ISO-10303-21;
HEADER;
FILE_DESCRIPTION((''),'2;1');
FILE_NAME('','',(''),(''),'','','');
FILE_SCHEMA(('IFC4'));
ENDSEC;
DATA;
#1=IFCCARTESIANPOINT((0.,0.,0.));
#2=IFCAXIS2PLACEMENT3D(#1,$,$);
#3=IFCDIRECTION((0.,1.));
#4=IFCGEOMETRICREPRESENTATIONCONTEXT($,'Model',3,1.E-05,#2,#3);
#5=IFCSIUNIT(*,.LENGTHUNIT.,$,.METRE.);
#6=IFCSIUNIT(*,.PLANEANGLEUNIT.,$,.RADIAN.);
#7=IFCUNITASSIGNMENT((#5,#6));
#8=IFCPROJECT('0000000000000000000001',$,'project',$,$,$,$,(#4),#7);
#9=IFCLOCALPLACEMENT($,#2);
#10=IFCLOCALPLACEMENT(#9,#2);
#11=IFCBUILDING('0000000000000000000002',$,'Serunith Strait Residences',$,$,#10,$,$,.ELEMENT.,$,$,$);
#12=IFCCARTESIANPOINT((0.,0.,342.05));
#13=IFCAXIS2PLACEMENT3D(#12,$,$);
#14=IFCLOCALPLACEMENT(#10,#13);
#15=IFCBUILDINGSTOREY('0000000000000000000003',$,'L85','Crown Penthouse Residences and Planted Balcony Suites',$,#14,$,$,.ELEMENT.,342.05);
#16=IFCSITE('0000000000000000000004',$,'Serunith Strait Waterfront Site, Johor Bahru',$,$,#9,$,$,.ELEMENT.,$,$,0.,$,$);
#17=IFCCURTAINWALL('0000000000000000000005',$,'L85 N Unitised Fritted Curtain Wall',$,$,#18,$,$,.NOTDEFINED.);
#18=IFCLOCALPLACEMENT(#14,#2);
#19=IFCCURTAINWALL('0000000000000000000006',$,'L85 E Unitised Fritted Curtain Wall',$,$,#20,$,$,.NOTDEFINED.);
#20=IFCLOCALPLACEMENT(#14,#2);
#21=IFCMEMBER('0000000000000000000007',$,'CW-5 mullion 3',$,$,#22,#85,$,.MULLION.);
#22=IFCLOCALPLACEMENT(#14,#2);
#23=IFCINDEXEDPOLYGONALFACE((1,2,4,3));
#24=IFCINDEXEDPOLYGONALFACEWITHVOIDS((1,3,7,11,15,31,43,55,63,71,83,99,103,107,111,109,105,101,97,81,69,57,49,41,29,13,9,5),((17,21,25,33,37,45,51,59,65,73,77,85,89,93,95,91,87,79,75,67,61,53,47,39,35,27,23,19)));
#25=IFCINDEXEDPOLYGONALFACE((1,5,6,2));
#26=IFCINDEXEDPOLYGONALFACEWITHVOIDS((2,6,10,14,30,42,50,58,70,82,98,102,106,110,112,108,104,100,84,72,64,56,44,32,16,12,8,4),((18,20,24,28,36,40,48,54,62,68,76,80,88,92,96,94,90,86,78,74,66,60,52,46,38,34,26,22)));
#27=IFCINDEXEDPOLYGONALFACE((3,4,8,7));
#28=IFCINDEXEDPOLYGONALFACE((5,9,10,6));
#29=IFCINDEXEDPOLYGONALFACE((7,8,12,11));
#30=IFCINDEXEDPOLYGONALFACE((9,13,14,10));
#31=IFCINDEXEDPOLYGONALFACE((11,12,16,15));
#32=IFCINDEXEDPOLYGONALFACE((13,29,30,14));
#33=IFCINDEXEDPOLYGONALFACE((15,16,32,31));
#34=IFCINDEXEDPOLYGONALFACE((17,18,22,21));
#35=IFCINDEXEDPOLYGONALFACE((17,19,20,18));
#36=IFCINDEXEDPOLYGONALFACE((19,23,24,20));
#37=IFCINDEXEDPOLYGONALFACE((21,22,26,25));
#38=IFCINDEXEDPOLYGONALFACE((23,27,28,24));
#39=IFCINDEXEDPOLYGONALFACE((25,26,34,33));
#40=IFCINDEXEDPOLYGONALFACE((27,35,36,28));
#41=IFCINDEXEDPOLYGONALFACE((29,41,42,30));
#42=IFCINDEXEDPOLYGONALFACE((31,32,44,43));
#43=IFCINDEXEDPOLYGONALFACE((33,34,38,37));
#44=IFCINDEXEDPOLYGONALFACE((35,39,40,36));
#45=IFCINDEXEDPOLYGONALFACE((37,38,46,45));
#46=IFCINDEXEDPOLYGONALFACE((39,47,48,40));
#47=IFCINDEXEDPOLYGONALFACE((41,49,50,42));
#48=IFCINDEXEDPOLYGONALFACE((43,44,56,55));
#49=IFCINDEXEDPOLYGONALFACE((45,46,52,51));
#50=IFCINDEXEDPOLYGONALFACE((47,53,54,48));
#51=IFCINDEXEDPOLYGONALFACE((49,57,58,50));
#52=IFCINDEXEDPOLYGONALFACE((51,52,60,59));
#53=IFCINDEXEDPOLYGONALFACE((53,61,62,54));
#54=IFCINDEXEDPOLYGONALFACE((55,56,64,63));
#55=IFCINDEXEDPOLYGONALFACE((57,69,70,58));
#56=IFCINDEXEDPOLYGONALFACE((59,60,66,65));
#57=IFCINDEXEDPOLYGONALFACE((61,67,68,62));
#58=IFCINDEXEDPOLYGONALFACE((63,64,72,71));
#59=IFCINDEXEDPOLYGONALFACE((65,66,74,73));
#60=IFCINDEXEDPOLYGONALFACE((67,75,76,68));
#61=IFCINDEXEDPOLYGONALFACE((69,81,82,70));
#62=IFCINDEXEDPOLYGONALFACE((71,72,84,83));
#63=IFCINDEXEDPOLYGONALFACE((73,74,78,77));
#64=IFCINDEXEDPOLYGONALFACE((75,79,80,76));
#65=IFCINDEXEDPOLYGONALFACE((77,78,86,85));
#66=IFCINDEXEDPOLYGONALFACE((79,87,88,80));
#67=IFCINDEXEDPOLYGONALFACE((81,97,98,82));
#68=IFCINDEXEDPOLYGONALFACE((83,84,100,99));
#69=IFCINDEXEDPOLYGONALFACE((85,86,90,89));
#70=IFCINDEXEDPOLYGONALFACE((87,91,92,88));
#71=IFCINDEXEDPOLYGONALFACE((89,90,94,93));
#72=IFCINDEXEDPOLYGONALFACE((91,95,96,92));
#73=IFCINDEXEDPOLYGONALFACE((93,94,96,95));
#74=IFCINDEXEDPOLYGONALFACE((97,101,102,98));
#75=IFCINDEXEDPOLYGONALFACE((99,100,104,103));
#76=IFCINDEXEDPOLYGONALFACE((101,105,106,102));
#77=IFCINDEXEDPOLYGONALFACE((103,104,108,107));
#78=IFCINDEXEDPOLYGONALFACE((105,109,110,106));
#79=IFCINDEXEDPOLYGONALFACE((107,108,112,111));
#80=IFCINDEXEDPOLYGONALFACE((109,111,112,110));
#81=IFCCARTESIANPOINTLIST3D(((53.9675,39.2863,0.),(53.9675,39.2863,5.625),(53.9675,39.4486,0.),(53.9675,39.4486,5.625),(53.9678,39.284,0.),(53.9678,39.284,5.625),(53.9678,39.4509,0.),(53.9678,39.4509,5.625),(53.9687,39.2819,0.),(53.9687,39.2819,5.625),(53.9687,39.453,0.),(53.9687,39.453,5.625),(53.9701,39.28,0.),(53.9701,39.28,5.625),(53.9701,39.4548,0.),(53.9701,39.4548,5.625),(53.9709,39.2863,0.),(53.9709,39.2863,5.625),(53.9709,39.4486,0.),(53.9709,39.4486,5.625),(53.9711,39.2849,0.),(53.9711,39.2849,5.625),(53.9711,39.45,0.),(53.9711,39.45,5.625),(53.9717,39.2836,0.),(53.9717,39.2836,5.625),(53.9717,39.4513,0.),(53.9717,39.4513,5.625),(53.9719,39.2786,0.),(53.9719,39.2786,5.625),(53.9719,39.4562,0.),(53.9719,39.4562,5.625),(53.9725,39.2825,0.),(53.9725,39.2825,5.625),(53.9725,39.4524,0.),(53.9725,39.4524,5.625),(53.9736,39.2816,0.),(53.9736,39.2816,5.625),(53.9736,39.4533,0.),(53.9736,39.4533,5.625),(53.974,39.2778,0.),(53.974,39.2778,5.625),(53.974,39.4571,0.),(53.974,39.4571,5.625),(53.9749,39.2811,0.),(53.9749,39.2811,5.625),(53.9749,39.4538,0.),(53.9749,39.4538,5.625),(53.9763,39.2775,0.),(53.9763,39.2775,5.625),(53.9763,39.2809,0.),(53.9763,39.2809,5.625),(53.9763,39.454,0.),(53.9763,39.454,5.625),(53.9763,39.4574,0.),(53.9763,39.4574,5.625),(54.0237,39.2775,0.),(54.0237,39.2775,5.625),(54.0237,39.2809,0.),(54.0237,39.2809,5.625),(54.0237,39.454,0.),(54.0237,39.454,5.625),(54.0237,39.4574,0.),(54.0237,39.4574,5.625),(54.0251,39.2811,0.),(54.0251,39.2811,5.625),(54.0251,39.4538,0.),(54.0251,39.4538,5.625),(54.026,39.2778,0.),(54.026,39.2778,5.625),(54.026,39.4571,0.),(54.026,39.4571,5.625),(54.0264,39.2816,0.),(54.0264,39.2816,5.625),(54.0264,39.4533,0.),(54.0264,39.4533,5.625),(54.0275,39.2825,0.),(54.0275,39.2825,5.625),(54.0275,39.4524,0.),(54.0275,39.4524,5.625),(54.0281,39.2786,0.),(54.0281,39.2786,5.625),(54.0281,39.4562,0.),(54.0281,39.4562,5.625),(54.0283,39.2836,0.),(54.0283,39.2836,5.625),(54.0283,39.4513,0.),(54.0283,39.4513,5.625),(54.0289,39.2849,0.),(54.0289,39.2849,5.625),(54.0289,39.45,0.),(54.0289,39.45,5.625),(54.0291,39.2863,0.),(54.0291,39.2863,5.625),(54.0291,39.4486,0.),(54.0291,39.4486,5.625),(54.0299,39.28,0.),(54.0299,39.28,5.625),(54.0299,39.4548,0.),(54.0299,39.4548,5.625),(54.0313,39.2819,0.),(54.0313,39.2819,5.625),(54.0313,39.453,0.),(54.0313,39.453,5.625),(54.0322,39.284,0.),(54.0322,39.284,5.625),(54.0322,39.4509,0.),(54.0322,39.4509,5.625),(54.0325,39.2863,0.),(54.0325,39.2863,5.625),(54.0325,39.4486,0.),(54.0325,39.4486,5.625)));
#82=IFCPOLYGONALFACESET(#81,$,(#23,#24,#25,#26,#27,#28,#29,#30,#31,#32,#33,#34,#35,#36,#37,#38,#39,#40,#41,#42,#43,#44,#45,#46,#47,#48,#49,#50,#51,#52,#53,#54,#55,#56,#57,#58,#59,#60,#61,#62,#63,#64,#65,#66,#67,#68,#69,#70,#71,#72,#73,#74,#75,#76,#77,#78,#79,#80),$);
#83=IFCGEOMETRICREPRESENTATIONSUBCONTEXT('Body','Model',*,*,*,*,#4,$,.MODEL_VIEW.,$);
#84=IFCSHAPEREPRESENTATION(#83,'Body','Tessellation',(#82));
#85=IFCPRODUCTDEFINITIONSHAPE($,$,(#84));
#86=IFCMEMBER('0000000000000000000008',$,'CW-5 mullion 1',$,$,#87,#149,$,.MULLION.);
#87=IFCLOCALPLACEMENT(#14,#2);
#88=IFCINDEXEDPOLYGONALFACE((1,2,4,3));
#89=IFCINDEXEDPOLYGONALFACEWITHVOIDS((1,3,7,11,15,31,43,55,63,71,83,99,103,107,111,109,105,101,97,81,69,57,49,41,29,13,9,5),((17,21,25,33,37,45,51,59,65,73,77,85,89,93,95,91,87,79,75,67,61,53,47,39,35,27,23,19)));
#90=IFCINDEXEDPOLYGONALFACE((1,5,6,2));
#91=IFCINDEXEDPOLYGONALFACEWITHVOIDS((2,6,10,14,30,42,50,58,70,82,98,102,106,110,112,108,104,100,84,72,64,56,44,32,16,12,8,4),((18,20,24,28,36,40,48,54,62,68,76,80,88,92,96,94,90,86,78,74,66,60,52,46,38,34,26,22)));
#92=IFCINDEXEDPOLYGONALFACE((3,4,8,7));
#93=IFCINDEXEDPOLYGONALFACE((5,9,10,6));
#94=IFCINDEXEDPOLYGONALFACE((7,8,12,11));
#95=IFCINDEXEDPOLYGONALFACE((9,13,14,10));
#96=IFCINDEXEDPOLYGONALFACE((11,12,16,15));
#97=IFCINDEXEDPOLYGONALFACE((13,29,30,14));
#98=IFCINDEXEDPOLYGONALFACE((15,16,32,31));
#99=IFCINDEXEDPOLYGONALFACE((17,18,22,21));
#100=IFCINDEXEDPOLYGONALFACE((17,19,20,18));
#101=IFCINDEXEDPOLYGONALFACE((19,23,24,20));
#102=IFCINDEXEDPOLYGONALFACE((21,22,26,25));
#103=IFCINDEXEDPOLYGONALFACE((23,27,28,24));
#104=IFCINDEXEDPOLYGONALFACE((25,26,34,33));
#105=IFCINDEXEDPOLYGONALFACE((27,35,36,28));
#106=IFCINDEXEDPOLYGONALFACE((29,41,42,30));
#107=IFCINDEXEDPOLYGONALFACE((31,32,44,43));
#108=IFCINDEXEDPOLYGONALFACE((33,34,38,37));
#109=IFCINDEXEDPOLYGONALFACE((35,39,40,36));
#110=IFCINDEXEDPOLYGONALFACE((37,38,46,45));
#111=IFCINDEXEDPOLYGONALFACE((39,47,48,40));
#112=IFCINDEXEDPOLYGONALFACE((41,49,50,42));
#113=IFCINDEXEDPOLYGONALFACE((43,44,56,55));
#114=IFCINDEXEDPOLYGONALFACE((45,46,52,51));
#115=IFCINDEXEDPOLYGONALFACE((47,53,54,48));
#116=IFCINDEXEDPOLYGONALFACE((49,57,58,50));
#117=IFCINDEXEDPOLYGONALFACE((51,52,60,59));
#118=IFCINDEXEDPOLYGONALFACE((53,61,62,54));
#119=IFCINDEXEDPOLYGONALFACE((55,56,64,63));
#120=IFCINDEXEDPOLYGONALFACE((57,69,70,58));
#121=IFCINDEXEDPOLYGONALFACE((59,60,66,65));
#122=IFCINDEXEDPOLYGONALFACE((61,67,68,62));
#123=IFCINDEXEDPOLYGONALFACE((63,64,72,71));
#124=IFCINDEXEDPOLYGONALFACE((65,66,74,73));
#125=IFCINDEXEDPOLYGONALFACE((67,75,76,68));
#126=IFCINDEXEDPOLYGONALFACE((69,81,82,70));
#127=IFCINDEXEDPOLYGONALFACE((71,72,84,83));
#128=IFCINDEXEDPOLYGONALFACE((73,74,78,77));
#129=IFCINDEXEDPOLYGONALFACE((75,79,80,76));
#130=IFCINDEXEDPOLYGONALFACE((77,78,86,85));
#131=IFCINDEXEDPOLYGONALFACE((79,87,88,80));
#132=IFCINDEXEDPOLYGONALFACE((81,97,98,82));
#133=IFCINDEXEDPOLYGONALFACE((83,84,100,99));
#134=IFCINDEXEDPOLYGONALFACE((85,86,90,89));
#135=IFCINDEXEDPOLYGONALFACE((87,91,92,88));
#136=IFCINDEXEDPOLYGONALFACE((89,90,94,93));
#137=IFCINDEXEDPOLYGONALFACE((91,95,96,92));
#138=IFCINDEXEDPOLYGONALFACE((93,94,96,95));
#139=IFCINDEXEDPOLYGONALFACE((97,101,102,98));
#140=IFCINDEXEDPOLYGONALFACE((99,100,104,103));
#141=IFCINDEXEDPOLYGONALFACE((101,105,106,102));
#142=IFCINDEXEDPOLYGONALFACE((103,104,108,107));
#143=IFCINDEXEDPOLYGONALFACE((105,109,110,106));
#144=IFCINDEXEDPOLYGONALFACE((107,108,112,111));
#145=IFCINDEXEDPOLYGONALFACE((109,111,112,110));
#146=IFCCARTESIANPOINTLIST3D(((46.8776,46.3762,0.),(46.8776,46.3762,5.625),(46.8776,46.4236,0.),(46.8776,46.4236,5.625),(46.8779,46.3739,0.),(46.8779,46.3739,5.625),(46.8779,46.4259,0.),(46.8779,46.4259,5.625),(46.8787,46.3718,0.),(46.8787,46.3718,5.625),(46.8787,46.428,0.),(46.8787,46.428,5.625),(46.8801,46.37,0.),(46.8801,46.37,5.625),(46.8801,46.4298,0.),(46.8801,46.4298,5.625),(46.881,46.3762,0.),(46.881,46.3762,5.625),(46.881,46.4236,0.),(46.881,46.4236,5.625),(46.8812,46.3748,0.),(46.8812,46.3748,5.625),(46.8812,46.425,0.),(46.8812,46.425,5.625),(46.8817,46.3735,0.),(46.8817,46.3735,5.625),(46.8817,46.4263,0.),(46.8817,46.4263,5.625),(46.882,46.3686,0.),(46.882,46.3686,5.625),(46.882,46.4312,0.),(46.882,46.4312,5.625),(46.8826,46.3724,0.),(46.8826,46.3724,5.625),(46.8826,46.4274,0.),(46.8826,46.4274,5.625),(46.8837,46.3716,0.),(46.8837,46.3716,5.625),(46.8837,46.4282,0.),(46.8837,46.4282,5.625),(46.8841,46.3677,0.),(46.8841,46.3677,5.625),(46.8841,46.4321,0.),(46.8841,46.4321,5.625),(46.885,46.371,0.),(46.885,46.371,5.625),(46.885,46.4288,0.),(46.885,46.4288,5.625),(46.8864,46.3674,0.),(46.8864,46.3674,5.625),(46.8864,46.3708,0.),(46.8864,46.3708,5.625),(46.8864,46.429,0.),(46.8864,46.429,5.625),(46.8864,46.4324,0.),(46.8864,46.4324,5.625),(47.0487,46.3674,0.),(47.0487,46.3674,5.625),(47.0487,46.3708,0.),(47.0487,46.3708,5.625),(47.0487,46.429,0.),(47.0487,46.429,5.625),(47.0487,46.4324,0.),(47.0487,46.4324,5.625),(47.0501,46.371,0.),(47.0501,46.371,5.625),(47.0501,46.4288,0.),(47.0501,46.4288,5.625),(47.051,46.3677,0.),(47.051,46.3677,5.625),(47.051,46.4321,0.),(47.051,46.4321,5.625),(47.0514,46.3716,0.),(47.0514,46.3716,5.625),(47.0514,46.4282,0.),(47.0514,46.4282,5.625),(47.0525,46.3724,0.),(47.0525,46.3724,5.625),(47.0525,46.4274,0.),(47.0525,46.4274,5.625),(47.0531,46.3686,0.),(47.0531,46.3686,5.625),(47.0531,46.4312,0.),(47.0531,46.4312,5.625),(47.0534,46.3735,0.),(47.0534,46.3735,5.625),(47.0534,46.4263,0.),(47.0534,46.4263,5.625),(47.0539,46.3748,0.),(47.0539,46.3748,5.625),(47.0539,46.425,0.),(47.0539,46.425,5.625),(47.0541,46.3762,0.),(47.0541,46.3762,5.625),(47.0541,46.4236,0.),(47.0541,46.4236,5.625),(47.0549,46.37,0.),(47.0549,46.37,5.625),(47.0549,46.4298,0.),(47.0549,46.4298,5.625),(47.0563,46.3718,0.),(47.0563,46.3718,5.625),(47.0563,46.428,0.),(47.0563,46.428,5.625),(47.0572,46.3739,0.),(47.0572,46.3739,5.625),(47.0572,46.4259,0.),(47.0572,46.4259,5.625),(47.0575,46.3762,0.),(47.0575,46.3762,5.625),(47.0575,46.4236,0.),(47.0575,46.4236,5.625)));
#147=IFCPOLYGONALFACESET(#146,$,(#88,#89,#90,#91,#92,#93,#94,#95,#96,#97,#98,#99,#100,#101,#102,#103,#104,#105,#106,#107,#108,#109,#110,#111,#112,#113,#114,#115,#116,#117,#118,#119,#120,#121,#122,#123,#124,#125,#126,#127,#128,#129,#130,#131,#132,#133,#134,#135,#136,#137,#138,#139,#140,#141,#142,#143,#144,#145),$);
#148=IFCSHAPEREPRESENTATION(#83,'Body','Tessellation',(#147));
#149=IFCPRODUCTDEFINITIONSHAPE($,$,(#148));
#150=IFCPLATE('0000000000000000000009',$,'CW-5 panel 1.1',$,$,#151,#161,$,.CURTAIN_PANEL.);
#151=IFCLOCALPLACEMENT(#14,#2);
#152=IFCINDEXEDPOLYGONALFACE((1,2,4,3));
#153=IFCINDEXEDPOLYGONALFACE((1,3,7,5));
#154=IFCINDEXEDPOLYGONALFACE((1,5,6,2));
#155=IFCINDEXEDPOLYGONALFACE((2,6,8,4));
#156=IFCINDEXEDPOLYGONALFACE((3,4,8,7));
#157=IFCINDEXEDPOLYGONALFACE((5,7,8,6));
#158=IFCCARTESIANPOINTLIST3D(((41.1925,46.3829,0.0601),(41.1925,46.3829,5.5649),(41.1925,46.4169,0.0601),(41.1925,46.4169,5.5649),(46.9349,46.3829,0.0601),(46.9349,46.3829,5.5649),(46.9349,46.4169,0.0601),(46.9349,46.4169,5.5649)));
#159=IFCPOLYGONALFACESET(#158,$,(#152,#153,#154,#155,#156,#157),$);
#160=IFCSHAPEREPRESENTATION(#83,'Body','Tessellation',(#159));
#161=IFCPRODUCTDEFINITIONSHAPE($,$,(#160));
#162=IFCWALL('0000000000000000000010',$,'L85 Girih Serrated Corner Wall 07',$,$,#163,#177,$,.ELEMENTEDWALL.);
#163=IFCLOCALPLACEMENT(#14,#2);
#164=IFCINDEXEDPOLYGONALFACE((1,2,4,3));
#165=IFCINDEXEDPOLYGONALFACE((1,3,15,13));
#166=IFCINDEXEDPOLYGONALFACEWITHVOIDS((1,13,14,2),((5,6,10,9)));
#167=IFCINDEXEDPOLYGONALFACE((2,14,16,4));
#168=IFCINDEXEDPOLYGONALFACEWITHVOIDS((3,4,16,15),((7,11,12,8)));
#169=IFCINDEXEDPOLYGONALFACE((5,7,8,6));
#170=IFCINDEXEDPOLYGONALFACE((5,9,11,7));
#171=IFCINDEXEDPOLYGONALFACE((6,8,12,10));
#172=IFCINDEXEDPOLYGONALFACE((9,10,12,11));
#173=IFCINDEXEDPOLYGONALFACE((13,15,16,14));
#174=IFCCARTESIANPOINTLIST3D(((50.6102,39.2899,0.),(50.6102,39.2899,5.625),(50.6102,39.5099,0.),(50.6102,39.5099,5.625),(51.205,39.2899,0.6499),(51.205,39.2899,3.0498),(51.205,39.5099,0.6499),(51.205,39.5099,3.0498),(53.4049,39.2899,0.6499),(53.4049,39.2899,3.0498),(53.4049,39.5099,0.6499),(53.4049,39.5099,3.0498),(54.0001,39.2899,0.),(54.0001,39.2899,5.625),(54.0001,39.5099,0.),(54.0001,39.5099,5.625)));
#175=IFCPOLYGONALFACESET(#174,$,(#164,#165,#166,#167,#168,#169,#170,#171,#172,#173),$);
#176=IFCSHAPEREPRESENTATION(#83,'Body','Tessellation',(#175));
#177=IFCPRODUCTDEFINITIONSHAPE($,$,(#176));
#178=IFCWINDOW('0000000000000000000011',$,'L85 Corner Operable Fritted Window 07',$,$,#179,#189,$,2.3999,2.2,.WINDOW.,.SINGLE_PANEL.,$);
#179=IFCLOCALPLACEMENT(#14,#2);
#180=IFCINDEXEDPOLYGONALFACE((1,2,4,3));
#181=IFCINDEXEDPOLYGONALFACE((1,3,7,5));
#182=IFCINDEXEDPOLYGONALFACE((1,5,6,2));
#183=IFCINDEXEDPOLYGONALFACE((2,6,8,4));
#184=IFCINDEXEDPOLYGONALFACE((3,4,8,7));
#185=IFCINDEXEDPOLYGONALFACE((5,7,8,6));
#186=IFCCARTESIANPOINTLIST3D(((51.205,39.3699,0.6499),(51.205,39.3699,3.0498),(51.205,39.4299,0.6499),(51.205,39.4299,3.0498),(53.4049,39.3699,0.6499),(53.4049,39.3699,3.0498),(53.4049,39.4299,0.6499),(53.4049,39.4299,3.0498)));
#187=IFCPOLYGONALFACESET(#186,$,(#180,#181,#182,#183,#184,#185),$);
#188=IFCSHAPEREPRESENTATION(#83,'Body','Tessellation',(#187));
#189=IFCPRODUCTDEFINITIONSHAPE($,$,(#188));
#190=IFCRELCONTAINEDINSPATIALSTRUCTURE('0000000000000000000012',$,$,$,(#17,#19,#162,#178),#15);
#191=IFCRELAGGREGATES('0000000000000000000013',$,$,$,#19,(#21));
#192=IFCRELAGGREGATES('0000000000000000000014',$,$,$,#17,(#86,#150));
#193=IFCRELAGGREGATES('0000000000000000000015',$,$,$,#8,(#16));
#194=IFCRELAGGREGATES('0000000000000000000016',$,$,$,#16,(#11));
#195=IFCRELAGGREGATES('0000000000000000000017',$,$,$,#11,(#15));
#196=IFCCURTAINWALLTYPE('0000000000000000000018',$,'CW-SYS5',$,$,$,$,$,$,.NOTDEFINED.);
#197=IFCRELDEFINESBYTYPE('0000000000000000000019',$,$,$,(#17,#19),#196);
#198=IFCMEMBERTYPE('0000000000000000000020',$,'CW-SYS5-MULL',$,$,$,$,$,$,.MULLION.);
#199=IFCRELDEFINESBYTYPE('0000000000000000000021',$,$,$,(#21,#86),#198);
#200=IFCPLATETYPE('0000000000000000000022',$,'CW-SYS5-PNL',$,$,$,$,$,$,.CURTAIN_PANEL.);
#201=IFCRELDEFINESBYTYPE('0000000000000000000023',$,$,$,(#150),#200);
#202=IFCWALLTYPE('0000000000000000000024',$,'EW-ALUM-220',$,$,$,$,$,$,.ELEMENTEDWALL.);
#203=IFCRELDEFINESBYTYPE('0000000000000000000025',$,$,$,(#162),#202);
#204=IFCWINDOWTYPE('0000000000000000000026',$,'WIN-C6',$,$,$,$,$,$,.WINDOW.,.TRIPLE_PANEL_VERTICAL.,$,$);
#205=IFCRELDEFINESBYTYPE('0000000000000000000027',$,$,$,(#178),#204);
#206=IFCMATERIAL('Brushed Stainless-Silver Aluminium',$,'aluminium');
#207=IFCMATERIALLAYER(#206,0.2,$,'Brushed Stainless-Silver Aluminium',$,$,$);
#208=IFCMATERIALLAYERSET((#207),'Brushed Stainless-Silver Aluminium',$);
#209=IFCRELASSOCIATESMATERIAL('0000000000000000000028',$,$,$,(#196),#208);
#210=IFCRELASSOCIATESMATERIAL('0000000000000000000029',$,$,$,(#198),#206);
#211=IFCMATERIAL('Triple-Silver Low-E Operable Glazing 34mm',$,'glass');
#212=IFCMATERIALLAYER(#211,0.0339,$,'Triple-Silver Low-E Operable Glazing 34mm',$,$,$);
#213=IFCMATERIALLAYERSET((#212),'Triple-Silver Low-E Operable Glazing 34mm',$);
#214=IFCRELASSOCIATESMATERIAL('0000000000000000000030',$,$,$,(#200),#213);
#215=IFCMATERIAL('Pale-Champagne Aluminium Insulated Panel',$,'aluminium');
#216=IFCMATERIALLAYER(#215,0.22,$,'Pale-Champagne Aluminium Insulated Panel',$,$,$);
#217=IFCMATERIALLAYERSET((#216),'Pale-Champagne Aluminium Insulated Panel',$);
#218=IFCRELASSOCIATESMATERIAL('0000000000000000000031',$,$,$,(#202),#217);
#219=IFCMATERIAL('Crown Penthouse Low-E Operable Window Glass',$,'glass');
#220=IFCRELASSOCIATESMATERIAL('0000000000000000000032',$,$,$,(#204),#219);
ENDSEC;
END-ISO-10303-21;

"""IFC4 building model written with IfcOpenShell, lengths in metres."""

from ifc_helpers import new_model, si_unit, direction, frame, frame_2d, origin, origin_2d, place, context, subcontext, project, spatial, rectangle, hollow_rectangle, extrude, source, transform, mapped, material, layer, layer_set, material_profile, profile_set, type_object, element, fill, aggregate, save


model = new_model("IFC4")

# Units and contexts
model_context = context("Model", 3, precision=1e-05, world=origin(), true_north=direction((0.0, 1.0)))
body_context = subcontext(model_context, "Body", "Model", "MODEL_VIEW")
ifc_project = project(units=[si_unit("LENGTHUNIT", "METRE"), si_unit("PLANEANGLEUNIT", "RADIAN")], contexts=[model_context])

# Site, building, storey
site_placement = place(None, origin())
site = spatial("IfcSite", under=ifc_project, at=site_placement, Name="Serunith Strait Waterfront Site, Johor Bahru", CompositionType="ELEMENT", RefElevation=0.0)
building_placement = place(site_placement, origin())
building = spatial("IfcBuilding", under=site, at=building_placement, Name="Serunith Strait Residences", CompositionType="ELEMENT")
storey_placement = place(building_placement, frame((0.0, 0.0, 342.05)))
storey = spatial("IfcBuildingStorey", under=building, at=storey_placement, Name="L85", Description="Crown Penthouse Residences and Planted Balcony Suites", CompositionType="ELEMENT", Elevation=342.05)

# Curtain wall
ifc_material_1 = material(Name="Brushed Stainless-Silver Aluminium", Category="aluminium")
ifc_layer_1 = layer(ifc_material_1, 0.2, Name="Brushed Stainless-Silver Aluminium")
ifc_layer_set_1 = layer_set([ifc_layer_1], Name="Brushed Stainless-Silver Aluminium")
curtain_wall_type = type_object("IfcCurtainWallType", Name="CW-SYS5", PredefinedType="NOTDEFINED", material=ifc_layer_set_1)
curtain_wall_1_placement = place(storey_placement, origin())
curtain_wall_1 = element("IfcCurtainWall", 1, at=curtain_wall_1_placement, inside=storey, type_object=curtain_wall_type, Name="L85 N Unitised Fritted Curtain Wall", PredefinedType="NOTDEFINED")

# Curtain wall, member
curtain_wall_2_placement = place(storey_placement, origin())
curtain_wall_2 = element("IfcCurtainWall", 2, at=curtain_wall_2_placement, inside=storey, type_object=curtain_wall_type, Name="L85 E Unitised Fritted Curtain Wall", PredefinedType="NOTDEFINED")
ifc_material_profile_1 = material_profile(ifc_material_1, hollow_rectangle(XDim=0.0649, YDim=0.1799, WallThickness=0.0034, InnerFilletRadius=0.0054, OuterFilletRadius=0.0088, at=origin_2d()), Name="ALU 180x65x3.5")
ifc_profile_set_1 = profile_set([ifc_material_profile_1], Name="Brushed Stainless-Silver Aluminium")
member_type_1 = type_object("IfcMemberType", Name="CW-SYS5-MULL", PredefinedType="MULLION", material=ifc_profile_set_1)
shared_shape_1 = source(origin(), body_context, "Body", "SweptSolid", [
    extrude(hollow_rectangle(XDim=0.0649, YDim=0.1799, WallThickness=0.0034, InnerFilletRadius=0.0054, OuterFilletRadius=0.0088, at=origin_2d()), origin(), (0.0, 0.0, 1.0), 5.625),
])
member_1_placement = place(storey_placement, frame((54.0, 39.3674, 0.0), z_axis=(0.0, 0.0, 1.0), x_axis=(-1.0, 0.0, 0.0)))
member_1 = element("IfcMember", 3, at=member_1_placement, type_object=member_type_1, Name="CW-5 mullion 3", PredefinedType="MULLION", context=body_context, shape_type="MappedRepresentation", body=[
    mapped(shared_shape_1, transform((0.0, 0.0, 0.0), scale=1.0)),
])
aggregate(curtain_wall_2, [member_1])

# Member
member_2_placement = place(storey_placement, frame((46.9675, 46.3999, 0.0), z_axis=(0.0, 0.0, 1.0), x_axis=(0.0, -1.0, 0.0)))
member_2 = element("IfcMember", 4, at=member_2_placement, type_object=member_type_1, Name="CW-5 mullion 1", PredefinedType="MULLION", context=body_context, shape_type="MappedRepresentation", body=[
    mapped(shared_shape_1, transform((0.0, 0.0, 0.0), scale=1.0)),
])

# Plate
ifc_material_2 = material(Name="Triple-Silver Low-E Operable Glazing 34mm", Category="glass")
ifc_layer_2 = layer(ifc_material_2, 0.0339, Name="Triple-Silver Low-E Operable Glazing 34mm")
ifc_layer_set_2 = layer_set([ifc_layer_2], Name="Triple-Silver Low-E Operable Glazing 34mm")
plate_type = type_object("IfcPlateType", Name="CW-SYS5-PNL", PredefinedType="CURTAIN_PANEL", material=ifc_layer_set_2)
shared_shape_2 = source(origin(), body_context, "Body", "SweptSolid", [
    extrude(rectangle(XDim=5.7424, YDim=0.0339, at=origin_2d()), origin(), (0.0, 0.0, 1.0), 5.5049),
])
plate_placement = place(storey_placement, frame((44.0637, 46.3999, 0.0601), z_axis=(0.0, 0.0, 1.0), x_axis=(-1.0, 0.0, 0.0)))
plate = element("IfcPlate", 5, at=plate_placement, type_object=plate_type, Name="CW-5 panel 1.1", PredefinedType="CURTAIN_PANEL", context=body_context, shape_type="MappedRepresentation", body=[
    mapped(shared_shape_2, transform((0.0, 0.0, 0.0), scale=1.0)),
])
aggregate(curtain_wall_1, [member_2, plate])

# Wall, opening, window
ifc_material_3 = material(Name="Pale-Champagne Aluminium Insulated Panel", Category="aluminium")
ifc_layer_3 = layer(ifc_material_3, 0.22, Name="Pale-Champagne Aluminium Insulated Panel")
ifc_layer_set_3 = layer_set([ifc_layer_3], Name="Pale-Champagne Aluminium Insulated Panel")
wall_type_1 = type_object("IfcWallType", Name="EW-ALUM-220", PredefinedType="ELEMENTEDWALL", material=ifc_layer_set_3)
wall_1_placement = place(storey_placement, frame((54.0, 39.3999, 0.0), z_axis=(0.0, 0.0, 1.0), x_axis=(-1.0, 0.0, 0.0)))
wall_1 = element("IfcWall", 6, at=wall_1_placement, inside=storey, type_object=wall_type_1, Name="L85 Girih Serrated Corner Wall 07", PredefinedType="ELEMENTEDWALL", context=body_context, shape_type="SweptSolid", body=[
    extrude(rectangle(XDim=3.3899, YDim=0.22, at=frame_2d((1.6948, 0.0))), origin(), (0.0, 0.0, 1.0), 5.625),
])
opening_1_placement = place(wall_1_placement, frame((0.595, 0.0, 0.6499)))
opening_1 = element("IfcOpeningElement", 7, at=opening_1_placement, cuts=wall_1, PredefinedType="OPENING", context=body_context, shape_type="SweptSolid", body=[
    extrude(rectangle(XDim=2.2, YDim=2.3999, at=frame_2d((1.1001, 1.2))), frame((0.0, 0.1201, 0.0), z_axis=(0.0, -1.0, 0.0), x_axis=(1.0, 0.0, 0.0)), (0.0, 0.0, 1.0), 0.24),
])
ifc_material_4 = material(Name="Crown Penthouse Low-E Operable Window Glass", Category="glass")
window_type = type_object("IfcWindowType", Name="WIN-C6", PartitioningType="TRIPLE_PANEL_VERTICAL", PredefinedType="WINDOW", material=ifc_material_4)
shared_shape_3 = source(origin(), body_context, "Body", "SweptSolid", [
    extrude(rectangle(XDim=2.2, YDim=2.3999, at=frame_2d((1.1001, 1.2))), frame((0.0, 0.03, 0.0), z_axis=(0.0, -1.0, 0.0), x_axis=(1.0, 0.0, 0.0)), (0.0, 0.0, 1.0), 0.0601),
])
window_1_placement = place(opening_1_placement, origin())
window_1 = element("IfcWindow", 8, at=window_1_placement, inside=storey, type_object=window_type, Name="L85 Corner Operable Fritted Window 07", OverallHeight=2.3999, OverallWidth=2.2, PartitioningType="SINGLE_PANEL", PredefinedType="WINDOW", context=body_context, shape_type="MappedRepresentation", body=[
    mapped(shared_shape_3, transform((0.0, 0.0, 0.0), scale=1.0)),
])
fill(opening_1, window_1)

save(model, "model.ifc")
